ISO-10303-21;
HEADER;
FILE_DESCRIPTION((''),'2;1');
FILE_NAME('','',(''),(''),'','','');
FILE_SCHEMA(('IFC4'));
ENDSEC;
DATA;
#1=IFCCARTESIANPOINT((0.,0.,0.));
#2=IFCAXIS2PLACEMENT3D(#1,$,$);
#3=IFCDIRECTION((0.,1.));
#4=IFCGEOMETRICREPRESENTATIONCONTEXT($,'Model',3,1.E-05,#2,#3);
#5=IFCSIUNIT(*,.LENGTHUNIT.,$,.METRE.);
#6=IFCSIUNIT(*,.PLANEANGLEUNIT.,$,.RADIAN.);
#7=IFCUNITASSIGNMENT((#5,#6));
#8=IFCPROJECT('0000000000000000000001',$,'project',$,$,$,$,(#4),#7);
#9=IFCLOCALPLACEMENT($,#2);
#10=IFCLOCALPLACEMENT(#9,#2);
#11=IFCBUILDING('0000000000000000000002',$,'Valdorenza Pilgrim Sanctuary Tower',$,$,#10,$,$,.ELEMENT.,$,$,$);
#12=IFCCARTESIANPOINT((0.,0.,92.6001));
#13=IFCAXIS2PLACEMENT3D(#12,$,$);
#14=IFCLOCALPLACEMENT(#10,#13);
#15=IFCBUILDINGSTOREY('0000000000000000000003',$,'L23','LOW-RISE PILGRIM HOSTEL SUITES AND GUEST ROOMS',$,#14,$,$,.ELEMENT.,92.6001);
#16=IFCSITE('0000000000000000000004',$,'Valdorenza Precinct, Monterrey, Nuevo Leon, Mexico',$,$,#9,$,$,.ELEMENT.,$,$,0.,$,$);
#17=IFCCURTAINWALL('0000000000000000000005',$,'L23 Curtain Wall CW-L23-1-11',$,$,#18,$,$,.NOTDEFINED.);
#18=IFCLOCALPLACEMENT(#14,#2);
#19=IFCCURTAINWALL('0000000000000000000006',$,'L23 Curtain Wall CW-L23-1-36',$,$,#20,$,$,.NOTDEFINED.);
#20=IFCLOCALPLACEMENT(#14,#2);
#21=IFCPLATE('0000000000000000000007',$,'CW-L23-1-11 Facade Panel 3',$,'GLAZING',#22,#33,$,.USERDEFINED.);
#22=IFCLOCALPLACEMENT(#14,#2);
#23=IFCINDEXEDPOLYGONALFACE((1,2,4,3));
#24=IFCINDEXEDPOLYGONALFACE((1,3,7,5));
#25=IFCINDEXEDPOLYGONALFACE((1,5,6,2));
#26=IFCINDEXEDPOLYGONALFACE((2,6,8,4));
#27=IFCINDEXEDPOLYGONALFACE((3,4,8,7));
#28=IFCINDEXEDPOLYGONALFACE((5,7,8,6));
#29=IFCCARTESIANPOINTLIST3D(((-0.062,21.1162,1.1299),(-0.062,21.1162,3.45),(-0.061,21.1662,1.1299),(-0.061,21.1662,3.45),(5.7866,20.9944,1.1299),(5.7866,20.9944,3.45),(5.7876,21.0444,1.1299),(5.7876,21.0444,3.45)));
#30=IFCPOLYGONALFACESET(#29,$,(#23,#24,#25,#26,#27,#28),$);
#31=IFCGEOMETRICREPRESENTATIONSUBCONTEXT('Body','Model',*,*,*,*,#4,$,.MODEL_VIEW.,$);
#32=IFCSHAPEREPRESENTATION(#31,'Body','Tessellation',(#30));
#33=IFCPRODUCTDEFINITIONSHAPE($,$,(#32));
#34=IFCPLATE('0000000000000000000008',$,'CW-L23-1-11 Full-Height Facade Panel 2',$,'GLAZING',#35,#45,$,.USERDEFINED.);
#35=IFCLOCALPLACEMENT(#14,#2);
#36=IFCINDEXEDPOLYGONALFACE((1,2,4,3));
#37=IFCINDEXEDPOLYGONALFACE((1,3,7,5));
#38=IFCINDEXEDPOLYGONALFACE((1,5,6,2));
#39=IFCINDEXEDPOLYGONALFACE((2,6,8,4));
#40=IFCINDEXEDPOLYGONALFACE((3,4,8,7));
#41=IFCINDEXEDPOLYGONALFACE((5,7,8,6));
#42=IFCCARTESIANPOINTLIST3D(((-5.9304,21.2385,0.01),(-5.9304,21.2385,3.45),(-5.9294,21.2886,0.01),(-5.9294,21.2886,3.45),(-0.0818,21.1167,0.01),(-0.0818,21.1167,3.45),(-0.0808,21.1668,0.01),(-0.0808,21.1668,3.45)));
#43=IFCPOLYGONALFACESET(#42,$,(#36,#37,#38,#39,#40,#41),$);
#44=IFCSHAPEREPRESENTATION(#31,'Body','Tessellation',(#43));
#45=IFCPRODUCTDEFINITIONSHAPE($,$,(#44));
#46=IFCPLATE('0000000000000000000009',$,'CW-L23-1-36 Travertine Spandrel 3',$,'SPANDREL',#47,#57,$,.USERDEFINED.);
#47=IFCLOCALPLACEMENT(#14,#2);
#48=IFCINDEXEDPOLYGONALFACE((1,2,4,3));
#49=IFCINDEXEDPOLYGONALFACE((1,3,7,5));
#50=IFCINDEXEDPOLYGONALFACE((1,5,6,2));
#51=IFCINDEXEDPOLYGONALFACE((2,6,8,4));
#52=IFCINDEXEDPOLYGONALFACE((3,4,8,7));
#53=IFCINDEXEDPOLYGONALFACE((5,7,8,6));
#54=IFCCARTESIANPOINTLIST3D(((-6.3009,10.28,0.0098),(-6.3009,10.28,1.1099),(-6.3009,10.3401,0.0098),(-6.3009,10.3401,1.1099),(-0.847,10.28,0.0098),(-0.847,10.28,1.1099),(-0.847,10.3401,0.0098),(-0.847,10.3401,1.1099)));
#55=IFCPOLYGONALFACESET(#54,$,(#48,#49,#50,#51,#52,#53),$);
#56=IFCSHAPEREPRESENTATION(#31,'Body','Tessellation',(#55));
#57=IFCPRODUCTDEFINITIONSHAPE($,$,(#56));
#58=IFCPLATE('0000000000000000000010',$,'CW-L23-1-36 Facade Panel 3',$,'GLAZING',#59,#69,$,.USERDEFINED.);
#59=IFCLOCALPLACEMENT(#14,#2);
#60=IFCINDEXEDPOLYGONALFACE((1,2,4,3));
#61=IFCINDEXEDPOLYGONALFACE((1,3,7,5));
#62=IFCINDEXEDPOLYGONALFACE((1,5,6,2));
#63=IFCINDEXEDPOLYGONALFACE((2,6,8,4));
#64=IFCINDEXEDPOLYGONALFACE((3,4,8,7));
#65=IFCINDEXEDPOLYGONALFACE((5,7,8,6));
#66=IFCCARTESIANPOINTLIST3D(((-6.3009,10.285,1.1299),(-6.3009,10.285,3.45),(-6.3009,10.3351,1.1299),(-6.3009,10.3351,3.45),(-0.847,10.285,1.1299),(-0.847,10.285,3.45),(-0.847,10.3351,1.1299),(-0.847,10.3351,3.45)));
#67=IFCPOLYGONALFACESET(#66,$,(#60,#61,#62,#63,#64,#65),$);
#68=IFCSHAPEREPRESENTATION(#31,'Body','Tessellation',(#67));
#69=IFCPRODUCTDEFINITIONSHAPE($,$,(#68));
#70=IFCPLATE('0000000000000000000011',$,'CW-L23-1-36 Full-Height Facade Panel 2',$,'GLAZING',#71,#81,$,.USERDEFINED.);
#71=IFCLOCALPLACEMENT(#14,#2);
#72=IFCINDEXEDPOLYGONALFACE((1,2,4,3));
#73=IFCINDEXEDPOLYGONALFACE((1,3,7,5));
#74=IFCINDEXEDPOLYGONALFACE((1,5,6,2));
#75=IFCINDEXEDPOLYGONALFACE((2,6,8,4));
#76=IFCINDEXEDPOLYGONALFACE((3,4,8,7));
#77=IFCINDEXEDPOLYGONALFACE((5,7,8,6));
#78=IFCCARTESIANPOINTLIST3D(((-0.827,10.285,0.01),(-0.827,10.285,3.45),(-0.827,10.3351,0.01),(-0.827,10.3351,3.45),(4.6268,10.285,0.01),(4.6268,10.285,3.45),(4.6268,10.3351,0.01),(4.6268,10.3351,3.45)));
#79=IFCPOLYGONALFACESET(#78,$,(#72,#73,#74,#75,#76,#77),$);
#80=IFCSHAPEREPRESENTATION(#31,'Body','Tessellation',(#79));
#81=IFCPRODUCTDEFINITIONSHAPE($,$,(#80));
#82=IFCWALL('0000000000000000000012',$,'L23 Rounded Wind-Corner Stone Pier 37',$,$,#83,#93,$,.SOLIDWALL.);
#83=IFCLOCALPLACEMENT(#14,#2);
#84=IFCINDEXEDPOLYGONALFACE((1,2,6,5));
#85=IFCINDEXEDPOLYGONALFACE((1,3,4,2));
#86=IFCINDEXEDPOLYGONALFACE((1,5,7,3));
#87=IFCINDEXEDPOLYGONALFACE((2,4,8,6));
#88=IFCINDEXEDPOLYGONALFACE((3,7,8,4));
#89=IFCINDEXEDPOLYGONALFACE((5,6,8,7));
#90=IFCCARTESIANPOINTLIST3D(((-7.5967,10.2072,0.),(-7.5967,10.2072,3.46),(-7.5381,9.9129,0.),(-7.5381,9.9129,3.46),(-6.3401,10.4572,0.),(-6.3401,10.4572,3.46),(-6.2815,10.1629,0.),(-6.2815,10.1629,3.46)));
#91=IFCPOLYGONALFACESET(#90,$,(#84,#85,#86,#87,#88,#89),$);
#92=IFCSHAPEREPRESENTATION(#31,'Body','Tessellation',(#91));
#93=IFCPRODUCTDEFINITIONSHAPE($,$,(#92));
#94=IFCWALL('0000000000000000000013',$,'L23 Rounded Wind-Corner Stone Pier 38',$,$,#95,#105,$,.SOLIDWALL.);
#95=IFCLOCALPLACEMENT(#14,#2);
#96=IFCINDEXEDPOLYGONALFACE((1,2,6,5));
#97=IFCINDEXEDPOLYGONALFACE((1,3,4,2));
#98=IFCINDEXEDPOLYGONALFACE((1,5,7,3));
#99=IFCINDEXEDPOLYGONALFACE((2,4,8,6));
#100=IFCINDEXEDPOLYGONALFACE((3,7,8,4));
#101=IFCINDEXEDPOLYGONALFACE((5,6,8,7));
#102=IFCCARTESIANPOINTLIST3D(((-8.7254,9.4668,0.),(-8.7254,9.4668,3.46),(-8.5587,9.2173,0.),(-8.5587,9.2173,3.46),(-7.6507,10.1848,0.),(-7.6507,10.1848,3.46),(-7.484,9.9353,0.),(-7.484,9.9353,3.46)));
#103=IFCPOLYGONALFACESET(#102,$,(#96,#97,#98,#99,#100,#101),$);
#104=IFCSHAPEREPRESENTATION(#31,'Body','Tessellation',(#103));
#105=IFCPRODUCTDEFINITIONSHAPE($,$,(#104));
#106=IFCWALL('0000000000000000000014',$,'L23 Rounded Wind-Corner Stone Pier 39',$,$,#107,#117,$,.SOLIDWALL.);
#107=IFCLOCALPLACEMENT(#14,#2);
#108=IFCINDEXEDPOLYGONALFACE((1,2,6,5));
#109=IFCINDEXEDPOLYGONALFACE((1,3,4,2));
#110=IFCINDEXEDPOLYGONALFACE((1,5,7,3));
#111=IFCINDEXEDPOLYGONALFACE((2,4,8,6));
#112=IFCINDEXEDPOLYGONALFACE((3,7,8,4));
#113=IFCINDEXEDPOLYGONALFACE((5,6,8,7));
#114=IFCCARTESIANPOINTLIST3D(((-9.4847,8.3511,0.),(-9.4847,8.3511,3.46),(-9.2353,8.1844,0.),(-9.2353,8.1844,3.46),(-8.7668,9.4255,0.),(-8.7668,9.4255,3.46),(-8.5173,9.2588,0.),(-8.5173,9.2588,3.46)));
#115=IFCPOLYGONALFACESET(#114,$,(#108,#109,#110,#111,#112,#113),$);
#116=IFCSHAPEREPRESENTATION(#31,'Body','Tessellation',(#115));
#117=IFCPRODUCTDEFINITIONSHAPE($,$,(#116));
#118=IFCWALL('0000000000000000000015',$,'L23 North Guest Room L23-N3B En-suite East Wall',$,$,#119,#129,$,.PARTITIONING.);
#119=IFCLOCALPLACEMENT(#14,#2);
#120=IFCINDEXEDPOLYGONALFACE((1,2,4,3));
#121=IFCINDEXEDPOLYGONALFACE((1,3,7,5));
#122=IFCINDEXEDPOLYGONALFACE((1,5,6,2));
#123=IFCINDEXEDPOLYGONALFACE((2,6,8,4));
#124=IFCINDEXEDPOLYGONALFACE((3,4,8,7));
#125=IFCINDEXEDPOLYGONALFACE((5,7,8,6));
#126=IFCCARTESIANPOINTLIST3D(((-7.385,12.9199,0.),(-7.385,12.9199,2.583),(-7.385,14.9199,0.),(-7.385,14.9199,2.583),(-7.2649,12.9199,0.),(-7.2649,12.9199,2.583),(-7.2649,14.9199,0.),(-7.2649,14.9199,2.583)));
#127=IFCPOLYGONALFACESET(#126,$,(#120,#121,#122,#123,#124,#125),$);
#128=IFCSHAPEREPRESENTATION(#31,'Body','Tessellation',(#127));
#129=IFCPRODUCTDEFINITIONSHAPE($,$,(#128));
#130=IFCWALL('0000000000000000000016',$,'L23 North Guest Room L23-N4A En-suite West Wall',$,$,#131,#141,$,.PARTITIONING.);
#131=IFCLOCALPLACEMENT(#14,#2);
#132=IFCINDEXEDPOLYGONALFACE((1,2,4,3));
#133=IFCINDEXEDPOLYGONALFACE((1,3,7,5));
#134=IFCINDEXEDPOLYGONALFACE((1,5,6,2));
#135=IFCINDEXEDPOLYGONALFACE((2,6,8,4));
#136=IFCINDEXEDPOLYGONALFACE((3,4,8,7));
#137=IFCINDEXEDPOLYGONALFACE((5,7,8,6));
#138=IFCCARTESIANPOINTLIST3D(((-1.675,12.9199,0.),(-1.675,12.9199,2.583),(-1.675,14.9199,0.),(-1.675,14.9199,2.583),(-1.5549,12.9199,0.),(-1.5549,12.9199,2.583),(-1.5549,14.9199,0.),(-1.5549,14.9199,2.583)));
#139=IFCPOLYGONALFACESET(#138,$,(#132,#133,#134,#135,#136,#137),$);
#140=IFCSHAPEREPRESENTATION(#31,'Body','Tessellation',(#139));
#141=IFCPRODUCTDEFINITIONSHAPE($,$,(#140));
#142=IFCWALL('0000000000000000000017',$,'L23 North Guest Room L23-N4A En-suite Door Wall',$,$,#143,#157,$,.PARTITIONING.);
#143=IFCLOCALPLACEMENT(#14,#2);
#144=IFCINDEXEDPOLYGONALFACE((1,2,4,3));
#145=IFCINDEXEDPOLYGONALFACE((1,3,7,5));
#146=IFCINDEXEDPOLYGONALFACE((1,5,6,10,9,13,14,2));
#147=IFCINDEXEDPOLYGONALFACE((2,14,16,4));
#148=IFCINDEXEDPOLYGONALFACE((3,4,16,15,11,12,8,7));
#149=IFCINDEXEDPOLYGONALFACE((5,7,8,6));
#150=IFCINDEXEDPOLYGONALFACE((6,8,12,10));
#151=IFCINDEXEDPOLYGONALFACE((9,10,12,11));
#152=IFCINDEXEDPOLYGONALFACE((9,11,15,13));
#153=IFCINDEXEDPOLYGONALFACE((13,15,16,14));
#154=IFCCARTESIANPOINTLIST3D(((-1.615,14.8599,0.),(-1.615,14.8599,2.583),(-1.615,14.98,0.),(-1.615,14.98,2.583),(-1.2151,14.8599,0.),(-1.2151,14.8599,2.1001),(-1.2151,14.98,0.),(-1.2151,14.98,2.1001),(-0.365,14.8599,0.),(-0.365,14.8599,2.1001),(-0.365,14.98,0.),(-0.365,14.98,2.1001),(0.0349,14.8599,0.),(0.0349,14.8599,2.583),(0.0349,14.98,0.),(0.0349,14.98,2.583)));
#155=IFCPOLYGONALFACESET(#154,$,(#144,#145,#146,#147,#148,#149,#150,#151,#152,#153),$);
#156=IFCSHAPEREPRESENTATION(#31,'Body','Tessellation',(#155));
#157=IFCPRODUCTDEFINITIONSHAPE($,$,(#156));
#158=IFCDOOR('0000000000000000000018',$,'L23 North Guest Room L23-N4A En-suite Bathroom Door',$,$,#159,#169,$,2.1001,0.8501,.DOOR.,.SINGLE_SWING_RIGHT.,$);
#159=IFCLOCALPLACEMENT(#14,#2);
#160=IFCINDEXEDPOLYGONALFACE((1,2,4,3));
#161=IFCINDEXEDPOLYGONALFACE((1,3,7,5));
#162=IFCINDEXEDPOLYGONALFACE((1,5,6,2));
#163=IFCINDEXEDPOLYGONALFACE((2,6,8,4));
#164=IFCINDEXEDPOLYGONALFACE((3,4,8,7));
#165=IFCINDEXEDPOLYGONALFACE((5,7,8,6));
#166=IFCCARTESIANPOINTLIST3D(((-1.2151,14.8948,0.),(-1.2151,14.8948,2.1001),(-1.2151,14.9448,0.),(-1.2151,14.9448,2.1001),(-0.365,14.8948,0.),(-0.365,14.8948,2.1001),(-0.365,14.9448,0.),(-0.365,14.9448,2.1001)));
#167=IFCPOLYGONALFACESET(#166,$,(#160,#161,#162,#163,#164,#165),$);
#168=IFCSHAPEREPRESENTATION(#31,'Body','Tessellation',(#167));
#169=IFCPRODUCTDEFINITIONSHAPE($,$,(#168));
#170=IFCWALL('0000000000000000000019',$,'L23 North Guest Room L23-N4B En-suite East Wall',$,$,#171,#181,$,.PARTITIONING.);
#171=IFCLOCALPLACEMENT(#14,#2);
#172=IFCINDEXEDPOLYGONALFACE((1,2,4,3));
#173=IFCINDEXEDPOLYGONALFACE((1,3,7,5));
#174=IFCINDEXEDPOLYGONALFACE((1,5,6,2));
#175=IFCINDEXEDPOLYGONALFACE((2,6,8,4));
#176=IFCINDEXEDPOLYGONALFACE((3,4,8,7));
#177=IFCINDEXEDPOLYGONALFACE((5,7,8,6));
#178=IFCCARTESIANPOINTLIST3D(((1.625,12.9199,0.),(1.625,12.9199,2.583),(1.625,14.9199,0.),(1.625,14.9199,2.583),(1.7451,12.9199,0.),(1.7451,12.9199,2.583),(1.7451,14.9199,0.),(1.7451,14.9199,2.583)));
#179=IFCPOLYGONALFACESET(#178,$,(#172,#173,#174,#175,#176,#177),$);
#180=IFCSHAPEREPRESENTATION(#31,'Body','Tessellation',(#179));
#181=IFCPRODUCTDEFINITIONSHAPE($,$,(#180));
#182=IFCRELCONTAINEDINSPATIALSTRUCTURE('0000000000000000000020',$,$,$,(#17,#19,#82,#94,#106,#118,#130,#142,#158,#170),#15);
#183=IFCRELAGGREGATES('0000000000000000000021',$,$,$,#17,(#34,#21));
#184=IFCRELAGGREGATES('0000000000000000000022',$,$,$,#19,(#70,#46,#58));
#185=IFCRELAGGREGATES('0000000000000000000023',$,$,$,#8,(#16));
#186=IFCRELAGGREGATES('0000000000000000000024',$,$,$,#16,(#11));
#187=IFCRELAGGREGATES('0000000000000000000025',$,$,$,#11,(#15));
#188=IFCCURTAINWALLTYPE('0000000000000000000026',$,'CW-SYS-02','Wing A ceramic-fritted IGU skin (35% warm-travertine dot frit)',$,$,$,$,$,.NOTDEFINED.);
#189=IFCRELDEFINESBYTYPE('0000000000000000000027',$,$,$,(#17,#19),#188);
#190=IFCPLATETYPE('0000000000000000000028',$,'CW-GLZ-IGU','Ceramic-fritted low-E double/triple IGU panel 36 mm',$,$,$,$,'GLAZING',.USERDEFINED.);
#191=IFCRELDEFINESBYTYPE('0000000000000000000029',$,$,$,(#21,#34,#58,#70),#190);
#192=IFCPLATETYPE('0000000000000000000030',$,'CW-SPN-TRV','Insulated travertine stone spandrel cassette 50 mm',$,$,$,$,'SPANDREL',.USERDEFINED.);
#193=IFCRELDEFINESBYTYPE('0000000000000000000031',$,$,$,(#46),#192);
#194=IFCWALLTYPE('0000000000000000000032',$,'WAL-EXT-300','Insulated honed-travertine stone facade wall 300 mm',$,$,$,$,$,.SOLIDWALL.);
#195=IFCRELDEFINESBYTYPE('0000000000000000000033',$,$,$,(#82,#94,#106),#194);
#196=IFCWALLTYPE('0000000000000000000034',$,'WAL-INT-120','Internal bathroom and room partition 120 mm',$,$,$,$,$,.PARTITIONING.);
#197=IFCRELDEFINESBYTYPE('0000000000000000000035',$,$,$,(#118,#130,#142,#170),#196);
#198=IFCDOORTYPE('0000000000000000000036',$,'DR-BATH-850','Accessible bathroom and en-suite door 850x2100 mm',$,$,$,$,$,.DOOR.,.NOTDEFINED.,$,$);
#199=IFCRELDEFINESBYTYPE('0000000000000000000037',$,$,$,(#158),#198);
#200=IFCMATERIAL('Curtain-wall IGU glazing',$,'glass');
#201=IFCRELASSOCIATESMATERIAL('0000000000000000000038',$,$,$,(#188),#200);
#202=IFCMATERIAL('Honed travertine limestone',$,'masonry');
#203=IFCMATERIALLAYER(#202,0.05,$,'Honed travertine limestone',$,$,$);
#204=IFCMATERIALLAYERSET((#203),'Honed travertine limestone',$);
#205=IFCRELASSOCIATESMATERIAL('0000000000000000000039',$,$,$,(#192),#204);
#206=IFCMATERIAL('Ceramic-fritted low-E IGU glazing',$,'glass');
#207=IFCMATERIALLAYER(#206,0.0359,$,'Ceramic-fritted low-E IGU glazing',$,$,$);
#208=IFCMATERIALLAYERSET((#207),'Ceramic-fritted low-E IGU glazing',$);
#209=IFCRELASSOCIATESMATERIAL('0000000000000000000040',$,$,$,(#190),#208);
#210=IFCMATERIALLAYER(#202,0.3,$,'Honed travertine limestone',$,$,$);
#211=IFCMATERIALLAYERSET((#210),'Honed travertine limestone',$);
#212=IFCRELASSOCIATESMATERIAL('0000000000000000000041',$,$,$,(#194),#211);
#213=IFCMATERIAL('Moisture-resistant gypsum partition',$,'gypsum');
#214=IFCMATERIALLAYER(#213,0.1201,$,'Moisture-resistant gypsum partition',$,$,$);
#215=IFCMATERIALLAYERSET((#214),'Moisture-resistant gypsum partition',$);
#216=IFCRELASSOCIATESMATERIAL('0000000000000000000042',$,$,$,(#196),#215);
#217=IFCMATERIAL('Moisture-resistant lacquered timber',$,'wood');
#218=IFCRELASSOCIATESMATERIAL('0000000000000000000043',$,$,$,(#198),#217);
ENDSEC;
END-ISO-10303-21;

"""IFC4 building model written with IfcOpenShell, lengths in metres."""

from ifc_helpers import new_model, si_unit, direction, frame, frame_2d, origin, origin_2d, place, context, subcontext, project, spatial, rectangle, extrude, source, transform, mapped, material, layer, layer_set, type_object, element, fill, aggregate, save


model = new_model("IFC4")

# Units and contexts
model_context = context("Model", 3, precision=1e-05, world=origin(), true_north=direction((0.0, 1.0)))
body_context = subcontext(model_context, "Body", "Model", "MODEL_VIEW")
ifc_project = project(units=[si_unit("LENGTHUNIT", "METRE"), si_unit("PLANEANGLEUNIT", "RADIAN")], contexts=[model_context])

# Site, building, storey
site_placement = place(None, origin())
site = spatial("IfcSite", under=ifc_project, at=site_placement, Name="Valdorenza Precinct, Monterrey, Nuevo Leon, Mexico", CompositionType="ELEMENT", RefElevation=0.0)
building_placement = place(site_placement, origin())
building = spatial("IfcBuilding", under=site, at=building_placement, Name="Valdorenza Pilgrim Sanctuary Tower", CompositionType="ELEMENT")
storey_placement = place(building_placement, frame((0.0, 0.0, 92.6001)))
storey = spatial("IfcBuildingStorey", under=building, at=storey_placement, Name="L23", Description="LOW-RISE PILGRIM HOSTEL SUITES AND GUEST ROOMS", CompositionType="ELEMENT", Elevation=92.6001)

# Curtain walls
ifc_material_1 = material(Name="Curtain-wall IGU glazing", Category="glass")
curtain_wall_type = type_object("IfcCurtainWallType", Name="CW-SYS-02", Description="Wing A ceramic-fritted IGU skin (35% warm-travertine dot frit)", PredefinedType="NOTDEFINED", material=ifc_material_1)
curtain_wall_1_placement = place(storey_placement, origin())
curtain_wall_1 = element("IfcCurtainWall", 1, at=curtain_wall_1_placement, inside=storey, type_object=curtain_wall_type, Name="L23 Curtain Wall CW-L23-1-11", PredefinedType="NOTDEFINED")
curtain_wall_2_placement = place(storey_placement, origin())
curtain_wall_2 = element("IfcCurtainWall", 2, at=curtain_wall_2_placement, inside=storey, type_object=curtain_wall_type, Name="L23 Curtain Wall CW-L23-1-36", PredefinedType="NOTDEFINED")

# Plates
ifc_material_2 = material(Name="Honed travertine limestone", Category="masonry")
ifc_layer_1 = layer(ifc_material_2, 0.05, Name="Honed travertine limestone")
ifc_layer_set_1 = layer_set([ifc_layer_1], Name="Honed travertine limestone")
plate_type_1 = type_object("IfcPlateType", Name="CW-SPN-TRV", Description="Insulated travertine stone spandrel cassette 50 mm", ElementType="SPANDREL", PredefinedType="USERDEFINED", material=ifc_layer_set_1)
ifc_material_3 = material(Name="Ceramic-fritted low-E IGU glazing", Category="glass")
ifc_layer_2 = layer(ifc_material_3, 0.0359, Name="Ceramic-fritted low-E IGU glazing")
ifc_layer_set_2 = layer_set([ifc_layer_2], Name="Ceramic-fritted low-E IGU glazing")
plate_type_2 = type_object("IfcPlateType", Name="CW-GLZ-IGU", Description="Ceramic-fritted low-E double/triple IGU panel 36 mm", ElementType="GLAZING", PredefinedType="USERDEFINED", material=ifc_layer_set_2)
shared_shape_1 = source(origin(), body_context, "Body", "SweptSolid", [
    extrude(rectangle(XDim=5.8499, YDim=0.05, at=origin_2d()), origin(), (0.0, 0.0, 1.0), 2.3201),
])
plate_1_placement = place(storey_placement, frame((2.8628, 21.0803, 1.1299), z_axis=(0.0, 0.0, 1.0), x_axis=(0.999783, -0.02082, 0.0)))
plate_1 = element("IfcPlate", 3, at=plate_1_placement, type_object=plate_type_2, Name="CW-L23-1-11 Facade Panel 3", ObjectType="GLAZING", PredefinedType="USERDEFINED", context=body_context, shape_type="MappedRepresentation", body=[
    mapped(shared_shape_1, transform((0.0, 0.0, 0.0), x_axis=(1.0, 0.0, 0.0), y_axis=(0.0, 1.0, 0.0), z_axis=(0.0, 0.0, 1.0), scale=1.0)),
])
shared_shape_2 = source(origin(), body_context, "Body", "SweptSolid", [
    extrude(rectangle(XDim=5.8499, YDim=0.05, at=origin_2d()), origin(), (0.0, 0.0, 1.0), 3.4399),
])
plate_2_placement = place(storey_placement, frame((-3.0056, 21.2026, 0.01), z_axis=(0.0, 0.0, 1.0), x_axis=(0.999783, -0.02082, 0.0)))
plate_2 = element("IfcPlate", 4, at=plate_2_placement, type_object=plate_type_2, Name="CW-L23-1-11 Full-Height Facade Panel 2", ObjectType="GLAZING", PredefinedType="USERDEFINED", context=body_context, shape_type="MappedRepresentation", body=[
    mapped(shared_shape_2, transform((0.0, 0.0, 0.0), x_axis=(1.0, 0.0, 0.0), y_axis=(0.0, 1.0, 0.0), z_axis=(0.0, 0.0, 1.0), scale=1.0)),
])
aggregate(curtain_wall_1, [plate_2, plate_1])
shared_shape_3 = source(origin(), body_context, "Body", "SweptSolid", [
    extrude(rectangle(XDim=5.4539, YDim=0.0601, at=origin_2d()), origin(), (0.0, 0.0, 1.0), 1.1001),
])
plate_3_placement = place(storey_placement, frame((-3.574, 10.3101, 0.0098), z_axis=(0.0, 0.0, 1.0), x_axis=(-1.0, 0.0, 0.0)))
plate_3 = element("IfcPlate", 5, at=plate_3_placement, type_object=plate_type_1, Name="CW-L23-1-36 Travertine Spandrel 3", ObjectType="SPANDREL", PredefinedType="USERDEFINED", context=body_context, shape_type="MappedRepresentation", body=[
    mapped(shared_shape_3, transform((0.0, 0.0, 0.0), x_axis=(1.0, 0.0, 0.0), y_axis=(0.0, 1.0, 0.0), z_axis=(0.0, 0.0, 1.0), scale=1.0)),
])
shared_shape_4 = source(origin(), body_context, "Body", "SweptSolid", [
    extrude(rectangle(XDim=5.4539, YDim=0.05, at=origin_2d()), origin(), (0.0, 0.0, 1.0), 2.3201),
])
plate_4_placement = place(storey_placement, frame((-3.574, 10.3101, 1.1299), z_axis=(0.0, 0.0, 1.0), x_axis=(-1.0, 0.0, 0.0)))
plate_4 = element("IfcPlate", 6, at=plate_4_placement, type_object=plate_type_2, Name="CW-L23-1-36 Facade Panel 3", ObjectType="GLAZING", PredefinedType="USERDEFINED", context=body_context, shape_type="MappedRepresentation", body=[
    mapped(shared_shape_4, transform((0.0, 0.0, 0.0), x_axis=(1.0, 0.0, 0.0), y_axis=(0.0, 1.0, 0.0), z_axis=(0.0, 0.0, 1.0), scale=1.0)),
])
shared_shape_5 = source(origin(), body_context, "Body", "SweptSolid", [
    extrude(rectangle(XDim=5.4539, YDim=0.05, at=origin_2d()), origin(), (0.0, 0.0, 1.0), 3.4399),
])
plate_5_placement = place(storey_placement, frame((1.8999, 10.3101, 0.01), z_axis=(0.0, 0.0, 1.0), x_axis=(-1.0, 0.0, 0.0)))
plate_5 = element("IfcPlate", 7, at=plate_5_placement, type_object=plate_type_2, Name="CW-L23-1-36 Full-Height Facade Panel 2", ObjectType="GLAZING", PredefinedType="USERDEFINED", context=body_context, shape_type="MappedRepresentation", body=[
    mapped(shared_shape_5, transform((0.0, 0.0, 0.0), x_axis=(1.0, 0.0, 0.0), y_axis=(0.0, 1.0, 0.0), z_axis=(0.0, 0.0, 1.0), scale=1.0)),
])
aggregate(curtain_wall_2, [plate_5, plate_3, plate_4])

# Walls
ifc_layer_3 = layer(ifc_material_2, 0.3, Name="Honed travertine limestone")
ifc_layer_set_3 = layer_set([ifc_layer_3], Name="Honed travertine limestone")
wall_type_1 = type_object("IfcWallType", Name="WAL-EXT-300", Description="Insulated honed-travertine stone facade wall 300 mm", PredefinedType="SOLIDWALL", material=ifc_layer_set_3)
wall_1_placement = place(storey_placement, frame((-6.3108, 10.3101, 0.0), z_axis=(0.0, 0.0, 1.0), x_axis=(-0.980778, -0.195127, 0.0)))
element("IfcWall", 8, at=wall_1_placement, inside=storey, type_object=wall_type_1, Name="L23 Rounded Wind-Corner Stone Pier 37", PredefinedType="SOLIDWALL", context=body_context, shape_type="SweptSolid", body=[
    extrude(rectangle(XDim=1.2812, YDim=0.3, at=frame_2d((0.6406, 0.0))), origin(), (0.0, 0.0, 1.0), 3.46),
])
wall_2_placement = place(storey_placement, frame((-7.5674, 10.0601, 0.0), z_axis=(0.0, 0.0, 1.0), x_axis=(-0.831498, -0.555528, 0.0)))
element("IfcWall", 9, at=wall_2_placement, inside=storey, type_object=wall_type_1, Name="L23 Rounded Wind-Corner Stone Pier 38", PredefinedType="SOLIDWALL", context=body_context, shape_type="SweptSolid", body=[
    extrude(rectangle(XDim=1.2925, YDim=0.3, at=frame_2d((0.6462, 0.0))), origin(), (0.0, 0.0, 1.0), 3.46),
])
wall_3_placement = place(storey_placement, frame((-8.6421, 9.342, 0.0), z_axis=(0.0, 0.0, 1.0), x_axis=(-0.555615, -0.831439, 0.0)))
element("IfcWall", 10, at=wall_3_placement, inside=storey, type_object=wall_type_1, Name="L23 Rounded Wind-Corner Stone Pier 39", PredefinedType="SOLIDWALL", context=body_context, shape_type="SweptSolid", body=[
    extrude(rectangle(XDim=1.2922, YDim=0.3, at=frame_2d((0.646, 0.0))), origin(), (0.0, 0.0, 1.0), 3.46),
])
ifc_material_4 = material(Name="Moisture-resistant gypsum partition", Category="gypsum")
ifc_layer_4 = layer(ifc_material_4, 0.1201, Name="Moisture-resistant gypsum partition")
ifc_layer_set_4 = layer_set([ifc_layer_4], Name="Moisture-resistant gypsum partition")
wall_type_2 = type_object("IfcWallType", Name="WAL-INT-120", Description="Internal bathroom and room partition 120 mm", PredefinedType="PARTITIONING", material=ifc_layer_set_4)
for number, where, z_axis, x_axis, name in (
    (11, (-7.325, 12.9199, 0.0), (0.0, 0.0, 1.0), (0.0, 1.0, 0.0), "L23 North Guest Room L23-N3B En-suite East Wall"),
    (12, (-1.615, 12.9199, 0.0), (0.0, 0.0, 1.0), (0.0, 1.0, 0.0), "L23 North Guest Room L23-N4A En-suite West Wall"),
):
    element("IfcWall", number, at=place(storey_placement, frame(where, z_axis=z_axis, x_axis=x_axis)), inside=storey, type_object=wall_type_2, Name=name, PredefinedType="PARTITIONING", context=body_context, shape_type="SweptSolid", body=[
        extrude(rectangle(XDim=2.0, YDim=0.1201, at=frame_2d((1.0, 0.0))), origin(), (0.0, 0.0, 1.0), 2.583),
    ])

# Wall, opening, door
wall_4_placement = place(storey_placement, frame((-1.615, 14.9199, 0.0), z_axis=(0.0, 0.0, 1.0), x_axis=(1.0, 0.0, 0.0)))
wall_4 = element("IfcWall", 13, at=wall_4_placement, inside=storey, type_object=wall_type_2, Name="L23 North Guest Room L23-N4A En-suite Door Wall", PredefinedType="PARTITIONING", context=body_context, shape_type="SweptSolid", body=[
    extrude(rectangle(XDim=1.6499, YDim=0.1201, at=frame_2d((0.825, 0.0))), origin(), (0.0, 0.0, 1.0), 2.583),
])
opening_1_placement = place(wall_4_placement, frame((0.3999, 0.0, 0.0)))
opening_1 = element("IfcOpeningElement", 14, at=opening_1_placement, cuts=wall_4, PredefinedType="OPENING", context=body_context, shape_type="SweptSolid", body=[
    extrude(rectangle(XDim=0.8501, YDim=2.1001, at=frame_2d((0.425, 1.05))), frame((0.0, 0.075, 0.0), z_axis=(0.0, -1.0, 0.0), x_axis=(1.0, 0.0, 0.0)), (0.0, 0.0, 1.0), 0.1499),
])
ifc_material_5 = material(Name="Moisture-resistant lacquered timber", Category="wood")
door_type = type_object("IfcDoorType", Name="DR-BATH-850", Description="Accessible bathroom and en-suite door 850x2100 mm", OperationType="NOTDEFINED", PredefinedType="DOOR", material=ifc_material_5)
door_1_placement = place(opening_1_placement, origin())
door_1 = element("IfcDoor", 15, at=door_1_placement, inside=storey, type_object=door_type, Name="L23 North Guest Room L23-N4A En-suite Bathroom Door", OperationType="SINGLE_SWING_RIGHT", OverallHeight=2.1001, OverallWidth=0.8501, PredefinedType="DOOR", context=body_context, shape_type="SweptSolid", body=[
    extrude(rectangle(XDim=0.8501, YDim=2.1001, at=frame_2d((0.425, 1.05))), frame((0.0, 0.0249, 0.0), z_axis=(0.0, -1.0, 0.0), x_axis=(1.0, 0.0, 0.0)), (0.0, 0.0, 1.0), 0.05),
])
fill(opening_1, door_1)

# Wall
wall_5_placement = place(storey_placement, frame((1.6851, 12.9199, 0.0), z_axis=(0.0, 0.0, 1.0), x_axis=(0.0, 1.0, 0.0)))
element("IfcWall", 16, at=wall_5_placement, inside=storey, type_object=wall_type_2, Name="L23 North Guest Room L23-N4B En-suite East Wall", PredefinedType="PARTITIONING", context=body_context, shape_type="SweptSolid", body=[
    extrude(rectangle(XDim=2.0, YDim=0.1201, at=frame_2d((1.0, 0.0))), origin(), (0.0, 0.0, 1.0), 2.583),
])

save(model, "model.ifc")
